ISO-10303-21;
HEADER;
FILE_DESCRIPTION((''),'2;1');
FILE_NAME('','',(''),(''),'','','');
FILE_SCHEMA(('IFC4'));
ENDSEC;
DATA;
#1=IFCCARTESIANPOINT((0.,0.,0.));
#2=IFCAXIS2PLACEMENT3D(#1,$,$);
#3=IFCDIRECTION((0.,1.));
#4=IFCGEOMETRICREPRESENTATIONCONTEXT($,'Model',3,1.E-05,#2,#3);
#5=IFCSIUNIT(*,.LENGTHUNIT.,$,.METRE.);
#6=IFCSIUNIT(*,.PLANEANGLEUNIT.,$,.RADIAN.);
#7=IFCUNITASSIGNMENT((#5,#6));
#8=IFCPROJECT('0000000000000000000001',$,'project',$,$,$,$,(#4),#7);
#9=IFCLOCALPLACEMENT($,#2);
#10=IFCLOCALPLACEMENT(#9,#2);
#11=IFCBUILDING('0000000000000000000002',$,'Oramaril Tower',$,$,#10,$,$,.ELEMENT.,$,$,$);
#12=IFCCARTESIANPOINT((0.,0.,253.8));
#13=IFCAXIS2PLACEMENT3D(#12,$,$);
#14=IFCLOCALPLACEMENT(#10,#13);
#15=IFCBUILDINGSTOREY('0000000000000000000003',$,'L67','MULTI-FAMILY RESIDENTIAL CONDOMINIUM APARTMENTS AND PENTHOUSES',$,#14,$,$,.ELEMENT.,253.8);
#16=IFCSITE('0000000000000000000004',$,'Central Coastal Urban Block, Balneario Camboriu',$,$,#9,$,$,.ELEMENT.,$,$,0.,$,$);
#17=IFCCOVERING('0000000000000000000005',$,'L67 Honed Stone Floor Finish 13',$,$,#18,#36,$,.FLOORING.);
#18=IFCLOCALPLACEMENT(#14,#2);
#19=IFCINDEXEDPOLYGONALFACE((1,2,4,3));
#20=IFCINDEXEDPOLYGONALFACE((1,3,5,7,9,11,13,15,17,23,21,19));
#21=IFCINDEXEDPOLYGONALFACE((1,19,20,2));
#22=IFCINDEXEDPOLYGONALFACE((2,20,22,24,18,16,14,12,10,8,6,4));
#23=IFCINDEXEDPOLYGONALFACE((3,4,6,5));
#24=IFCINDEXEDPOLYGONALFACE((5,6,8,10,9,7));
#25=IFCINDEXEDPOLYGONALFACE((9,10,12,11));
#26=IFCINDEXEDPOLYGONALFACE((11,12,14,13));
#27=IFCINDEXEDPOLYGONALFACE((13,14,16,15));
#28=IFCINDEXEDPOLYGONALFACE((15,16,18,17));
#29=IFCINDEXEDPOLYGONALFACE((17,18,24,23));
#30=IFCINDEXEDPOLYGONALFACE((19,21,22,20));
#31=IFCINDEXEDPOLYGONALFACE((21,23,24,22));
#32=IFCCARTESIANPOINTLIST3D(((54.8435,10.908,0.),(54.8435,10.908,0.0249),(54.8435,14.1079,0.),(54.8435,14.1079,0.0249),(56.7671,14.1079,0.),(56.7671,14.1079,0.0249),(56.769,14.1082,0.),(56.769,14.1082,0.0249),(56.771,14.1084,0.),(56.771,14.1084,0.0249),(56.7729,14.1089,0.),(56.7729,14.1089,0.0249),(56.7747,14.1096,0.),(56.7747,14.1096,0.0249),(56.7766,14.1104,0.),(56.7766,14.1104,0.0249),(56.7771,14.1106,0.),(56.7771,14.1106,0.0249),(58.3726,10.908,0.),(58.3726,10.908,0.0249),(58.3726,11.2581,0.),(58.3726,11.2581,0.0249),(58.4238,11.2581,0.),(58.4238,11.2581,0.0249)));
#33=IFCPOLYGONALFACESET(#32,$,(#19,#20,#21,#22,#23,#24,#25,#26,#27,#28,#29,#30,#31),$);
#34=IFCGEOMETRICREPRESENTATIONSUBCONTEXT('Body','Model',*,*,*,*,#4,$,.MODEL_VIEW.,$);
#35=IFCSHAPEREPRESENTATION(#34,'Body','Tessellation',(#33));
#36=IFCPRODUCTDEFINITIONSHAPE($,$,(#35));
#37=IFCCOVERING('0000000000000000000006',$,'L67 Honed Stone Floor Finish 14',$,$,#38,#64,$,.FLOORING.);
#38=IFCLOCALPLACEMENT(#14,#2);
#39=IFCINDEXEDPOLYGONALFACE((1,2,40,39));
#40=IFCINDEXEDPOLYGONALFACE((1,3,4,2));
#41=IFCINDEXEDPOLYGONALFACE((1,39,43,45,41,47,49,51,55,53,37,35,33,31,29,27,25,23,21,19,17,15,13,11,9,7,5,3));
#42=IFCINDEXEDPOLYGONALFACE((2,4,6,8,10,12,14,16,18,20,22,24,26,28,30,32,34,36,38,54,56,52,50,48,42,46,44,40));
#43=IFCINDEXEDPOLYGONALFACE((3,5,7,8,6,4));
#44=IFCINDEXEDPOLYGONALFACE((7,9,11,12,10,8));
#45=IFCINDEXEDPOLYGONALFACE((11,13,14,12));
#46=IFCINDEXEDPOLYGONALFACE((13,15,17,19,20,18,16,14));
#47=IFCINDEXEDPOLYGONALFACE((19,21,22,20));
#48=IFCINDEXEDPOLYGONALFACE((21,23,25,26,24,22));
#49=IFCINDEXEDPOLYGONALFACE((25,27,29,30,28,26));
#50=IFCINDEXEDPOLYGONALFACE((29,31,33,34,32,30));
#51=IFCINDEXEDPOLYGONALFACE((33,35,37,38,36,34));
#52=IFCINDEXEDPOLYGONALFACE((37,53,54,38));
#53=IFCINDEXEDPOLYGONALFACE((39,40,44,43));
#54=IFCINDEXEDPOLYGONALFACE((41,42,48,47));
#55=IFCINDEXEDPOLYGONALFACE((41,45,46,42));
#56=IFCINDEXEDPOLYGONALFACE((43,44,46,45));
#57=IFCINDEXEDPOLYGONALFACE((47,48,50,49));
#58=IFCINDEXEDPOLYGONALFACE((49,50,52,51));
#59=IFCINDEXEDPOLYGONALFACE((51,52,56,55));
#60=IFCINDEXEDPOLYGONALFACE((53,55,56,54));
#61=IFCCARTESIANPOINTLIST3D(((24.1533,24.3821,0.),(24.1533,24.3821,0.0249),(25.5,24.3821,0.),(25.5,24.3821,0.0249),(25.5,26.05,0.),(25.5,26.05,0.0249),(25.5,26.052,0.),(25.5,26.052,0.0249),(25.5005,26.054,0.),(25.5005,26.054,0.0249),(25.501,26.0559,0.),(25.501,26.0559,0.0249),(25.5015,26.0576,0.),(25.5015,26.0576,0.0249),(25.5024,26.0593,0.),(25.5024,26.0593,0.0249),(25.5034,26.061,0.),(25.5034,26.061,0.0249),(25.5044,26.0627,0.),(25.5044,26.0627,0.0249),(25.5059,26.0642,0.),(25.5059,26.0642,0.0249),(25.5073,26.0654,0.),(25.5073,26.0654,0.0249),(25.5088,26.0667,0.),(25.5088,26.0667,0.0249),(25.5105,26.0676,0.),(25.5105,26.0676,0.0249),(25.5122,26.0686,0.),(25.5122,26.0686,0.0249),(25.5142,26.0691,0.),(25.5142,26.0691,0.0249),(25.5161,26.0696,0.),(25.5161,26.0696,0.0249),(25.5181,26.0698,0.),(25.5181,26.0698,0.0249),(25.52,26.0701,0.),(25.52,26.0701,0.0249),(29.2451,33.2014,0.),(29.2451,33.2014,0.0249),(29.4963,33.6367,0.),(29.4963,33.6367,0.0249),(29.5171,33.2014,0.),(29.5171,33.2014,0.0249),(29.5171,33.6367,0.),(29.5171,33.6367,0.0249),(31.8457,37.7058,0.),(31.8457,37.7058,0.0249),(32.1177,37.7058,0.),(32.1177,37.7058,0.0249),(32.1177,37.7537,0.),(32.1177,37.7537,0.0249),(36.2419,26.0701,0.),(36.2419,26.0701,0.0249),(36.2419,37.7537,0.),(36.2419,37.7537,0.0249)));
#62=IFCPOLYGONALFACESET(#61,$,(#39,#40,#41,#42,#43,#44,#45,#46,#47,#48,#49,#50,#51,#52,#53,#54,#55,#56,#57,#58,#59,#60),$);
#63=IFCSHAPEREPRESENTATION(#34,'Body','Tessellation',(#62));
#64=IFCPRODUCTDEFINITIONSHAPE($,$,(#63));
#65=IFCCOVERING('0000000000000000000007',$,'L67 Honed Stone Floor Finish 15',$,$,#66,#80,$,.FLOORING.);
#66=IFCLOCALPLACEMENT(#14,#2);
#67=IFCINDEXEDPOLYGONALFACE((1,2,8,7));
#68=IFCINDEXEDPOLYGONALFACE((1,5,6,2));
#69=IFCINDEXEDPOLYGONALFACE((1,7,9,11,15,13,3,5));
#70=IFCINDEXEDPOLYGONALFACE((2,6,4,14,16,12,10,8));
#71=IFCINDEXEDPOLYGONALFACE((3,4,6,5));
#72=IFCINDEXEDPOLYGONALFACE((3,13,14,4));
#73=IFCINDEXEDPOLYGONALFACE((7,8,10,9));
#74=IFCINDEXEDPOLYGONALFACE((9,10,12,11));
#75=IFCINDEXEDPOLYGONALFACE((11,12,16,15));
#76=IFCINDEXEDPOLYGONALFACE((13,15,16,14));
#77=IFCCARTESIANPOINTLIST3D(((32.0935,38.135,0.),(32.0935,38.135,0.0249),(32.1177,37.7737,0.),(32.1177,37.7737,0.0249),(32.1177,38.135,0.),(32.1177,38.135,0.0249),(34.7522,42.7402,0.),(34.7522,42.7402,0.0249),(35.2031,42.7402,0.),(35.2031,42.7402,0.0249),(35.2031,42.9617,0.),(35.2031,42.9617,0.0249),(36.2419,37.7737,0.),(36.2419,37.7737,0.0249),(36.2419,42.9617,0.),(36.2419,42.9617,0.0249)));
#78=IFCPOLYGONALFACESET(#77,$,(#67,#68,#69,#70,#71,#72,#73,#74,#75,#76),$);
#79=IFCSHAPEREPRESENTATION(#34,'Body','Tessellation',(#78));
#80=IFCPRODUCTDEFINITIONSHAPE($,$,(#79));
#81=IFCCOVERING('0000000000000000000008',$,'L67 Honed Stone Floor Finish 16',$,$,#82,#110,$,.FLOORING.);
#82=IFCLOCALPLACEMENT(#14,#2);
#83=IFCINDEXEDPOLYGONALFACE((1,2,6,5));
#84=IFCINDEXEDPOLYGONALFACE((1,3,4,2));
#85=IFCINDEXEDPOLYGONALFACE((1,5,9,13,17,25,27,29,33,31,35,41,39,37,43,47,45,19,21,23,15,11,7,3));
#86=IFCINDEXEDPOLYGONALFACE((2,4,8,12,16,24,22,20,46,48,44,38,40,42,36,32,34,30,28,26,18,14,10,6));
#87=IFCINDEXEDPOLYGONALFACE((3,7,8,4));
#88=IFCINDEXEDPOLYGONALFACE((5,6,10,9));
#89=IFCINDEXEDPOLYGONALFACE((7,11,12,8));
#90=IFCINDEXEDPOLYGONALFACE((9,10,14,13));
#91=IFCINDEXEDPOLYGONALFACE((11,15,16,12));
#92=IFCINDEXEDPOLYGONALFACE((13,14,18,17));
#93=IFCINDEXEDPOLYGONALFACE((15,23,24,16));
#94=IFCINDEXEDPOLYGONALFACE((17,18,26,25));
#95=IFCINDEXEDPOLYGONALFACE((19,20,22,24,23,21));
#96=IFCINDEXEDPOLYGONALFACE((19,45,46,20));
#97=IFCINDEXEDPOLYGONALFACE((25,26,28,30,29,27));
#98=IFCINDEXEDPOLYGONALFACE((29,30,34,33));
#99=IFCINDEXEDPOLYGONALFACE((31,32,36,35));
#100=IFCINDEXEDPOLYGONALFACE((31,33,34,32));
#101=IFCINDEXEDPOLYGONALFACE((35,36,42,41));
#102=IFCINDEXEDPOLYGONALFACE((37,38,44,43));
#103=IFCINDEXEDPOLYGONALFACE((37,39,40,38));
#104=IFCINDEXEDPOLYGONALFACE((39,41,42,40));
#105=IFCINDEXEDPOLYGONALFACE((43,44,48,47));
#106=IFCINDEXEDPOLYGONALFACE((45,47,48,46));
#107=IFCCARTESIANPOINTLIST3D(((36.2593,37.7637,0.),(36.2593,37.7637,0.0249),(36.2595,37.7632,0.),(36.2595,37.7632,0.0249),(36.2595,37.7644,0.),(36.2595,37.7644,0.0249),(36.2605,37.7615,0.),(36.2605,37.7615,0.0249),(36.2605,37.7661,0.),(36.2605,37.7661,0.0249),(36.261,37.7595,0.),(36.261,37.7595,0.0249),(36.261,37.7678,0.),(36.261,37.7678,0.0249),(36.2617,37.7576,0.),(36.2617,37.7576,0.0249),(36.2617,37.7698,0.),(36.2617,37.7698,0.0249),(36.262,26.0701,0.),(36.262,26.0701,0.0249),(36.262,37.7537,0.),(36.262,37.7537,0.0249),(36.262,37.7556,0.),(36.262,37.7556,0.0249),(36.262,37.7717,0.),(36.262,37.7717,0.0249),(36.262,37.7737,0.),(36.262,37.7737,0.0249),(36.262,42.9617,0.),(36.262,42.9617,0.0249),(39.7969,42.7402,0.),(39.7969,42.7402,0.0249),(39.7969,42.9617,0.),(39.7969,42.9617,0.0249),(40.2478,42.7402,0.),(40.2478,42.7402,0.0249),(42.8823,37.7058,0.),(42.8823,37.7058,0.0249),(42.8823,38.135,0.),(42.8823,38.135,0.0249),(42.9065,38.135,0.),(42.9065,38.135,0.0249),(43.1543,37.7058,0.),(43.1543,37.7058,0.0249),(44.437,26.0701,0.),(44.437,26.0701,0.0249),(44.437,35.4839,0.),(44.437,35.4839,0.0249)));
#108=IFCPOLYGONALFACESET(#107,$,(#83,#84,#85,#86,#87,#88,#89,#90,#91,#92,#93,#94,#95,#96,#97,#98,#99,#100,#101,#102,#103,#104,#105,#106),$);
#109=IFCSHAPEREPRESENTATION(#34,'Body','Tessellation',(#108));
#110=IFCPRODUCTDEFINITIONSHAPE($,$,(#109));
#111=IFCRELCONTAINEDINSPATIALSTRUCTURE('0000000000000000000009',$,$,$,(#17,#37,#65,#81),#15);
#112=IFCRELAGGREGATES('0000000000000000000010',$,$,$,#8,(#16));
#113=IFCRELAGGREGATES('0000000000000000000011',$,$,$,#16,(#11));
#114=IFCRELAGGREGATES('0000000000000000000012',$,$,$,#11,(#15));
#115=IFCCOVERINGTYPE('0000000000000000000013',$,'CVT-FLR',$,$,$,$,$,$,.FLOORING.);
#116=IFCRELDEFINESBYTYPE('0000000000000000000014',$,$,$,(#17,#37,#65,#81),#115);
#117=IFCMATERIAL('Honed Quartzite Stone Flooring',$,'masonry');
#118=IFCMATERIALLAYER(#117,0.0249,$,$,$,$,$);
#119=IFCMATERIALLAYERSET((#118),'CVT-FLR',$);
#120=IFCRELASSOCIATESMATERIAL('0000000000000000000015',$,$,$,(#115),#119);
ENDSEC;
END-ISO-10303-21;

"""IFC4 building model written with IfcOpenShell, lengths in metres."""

from ifc_helpers import new_model, si_unit, direction, frame, origin, place, context, subcontext, project, spatial, polyline, outline, extrude, material, layer, layer_set, type_object, element, save


model = new_model("IFC4")

# Units and contexts
model_context = context("Model", 3, precision=1e-05, world=origin(), true_north=direction((0.0, 1.0)))
body_context = subcontext(model_context, "Body", "Model", "MODEL_VIEW")
ifc_project = project(units=[si_unit("LENGTHUNIT", "METRE"), si_unit("PLANEANGLEUNIT", "RADIAN")], contexts=[model_context])

# Site, building, storey
site_placement = place(None, origin())
site = spatial("IfcSite", under=ifc_project, at=site_placement, Name="Central Coastal Urban Block, Balneario Camboriu", CompositionType="ELEMENT", RefElevation=0.0)
building_placement = place(site_placement, origin())
building = spatial("IfcBuilding", under=site, at=building_placement, Name="Oramaril Tower", CompositionType="ELEMENT")
storey_placement = place(building_placement, frame((0.0, 0.0, 253.8)))
storey = spatial("IfcBuildingStorey", under=building, at=storey_placement, Name="L67", Description="MULTI-FAMILY RESIDENTIAL CONDOMINIUM APARTMENTS AND PENTHOUSES", CompositionType="ELEMENT", Elevation=253.8)

# Coverings
ifc_material_1 = material(Name="Honed Quartzite Stone Flooring", Category="masonry")
ifc_layer_1 = layer(ifc_material_1, 0.0249)
ifc_layer_set_1 = layer_set([ifc_layer_1], Name="CVT-FLR")
covering_type_1 = type_object("IfcCoveringType", Name="CVT-FLR", PredefinedType="FLOORING", material=ifc_layer_set_1)
covering_1_placement = place(storey_placement, origin())
element("IfcCovering", 1, at=covering_1_placement, inside=storey, type_object=covering_type_1, Name="L67 Honed Stone Floor Finish 13", PredefinedType="FLOORING", context=body_context, shape_type="SweptSolid", body=[
    extrude(outline(polyline([(58.3726, 11.2581), (58.3726, 10.908), (54.8435, 10.908), (54.8435, 14.1079), (56.7671, 14.1079), (56.769, 14.1082), (56.771, 14.1084), (56.7729, 14.1089), (56.7747, 14.1096), (56.7766, 14.1104), (56.7771, 14.1106), (58.4238, 11.2581), (58.3726, 11.2581)])), origin(), (0.0, 0.0, 1.0), 0.0249),
])
covering_2_placement = place(storey_placement, origin())
element("IfcCovering", 2, at=covering_2_placement, inside=storey, type_object=covering_type_1, Name="L67 Honed Stone Floor Finish 14", PredefinedType="FLOORING", context=body_context, shape_type="SweptSolid", body=[
    extrude(outline(polyline([(29.2451, 33.2014), (29.5171, 33.2014), (29.5171, 33.6367), (29.4963, 33.6367), (31.8457, 37.7058), (32.1177, 37.7058), (32.1177, 37.7537), (36.2419, 37.7537), (36.2419, 26.0701), (25.52, 26.0701), (25.5181, 26.0698), (25.5161, 26.0696), (25.5142, 26.0691), (25.5122, 26.0686), (25.5105, 26.0676), (25.5088, 26.0667), (25.5073, 26.0654), (25.5059, 26.0642), (25.5044, 26.0627), (25.5034, 26.061), (25.5024, 26.0593), (25.5015, 26.0576), (25.501, 26.0559), (25.5005, 26.054), (25.5, 26.052), (25.5, 26.05), (25.5, 24.3821), (24.1533, 24.3821), (29.2451, 33.2014)])), origin(), (0.0, 0.0, 1.0), 0.0249),
])
covering_3_placement = place(storey_placement, origin())
element("IfcCovering", 3, at=covering_3_placement, inside=storey, type_object=covering_type_1, Name="L67 Honed Stone Floor Finish 15", PredefinedType="FLOORING", context=body_context, shape_type="SweptSolid", body=[
    extrude(outline(polyline([(32.1177, 38.135), (32.0935, 38.135), (34.7522, 42.7402), (35.2031, 42.7402), (35.2031, 42.9617), (36.2419, 42.9617), (36.2419, 37.7737), (32.1177, 37.7737), (32.1177, 38.135)])), origin(), (0.0, 0.0, 1.0), 0.0249),
])
covering_4_placement = place(storey_placement, origin())
element("IfcCovering", 4, at=covering_4_placement, inside=storey, type_object=covering_type_1, Name="L67 Honed Stone Floor Finish 16", PredefinedType="FLOORING", context=body_context, shape_type="SweptSolid", body=[
    extrude(outline(polyline([(39.7969, 42.9617), (39.7969, 42.7402), (40.2478, 42.7402), (42.9065, 38.135), (42.8823, 38.135), (42.8823, 37.7058), (43.1543, 37.7058), (44.437, 35.4839), (44.437, 26.0701), (36.262, 26.0701), (36.262, 37.7537), (36.262, 37.7556), (36.2617, 37.7576), (36.261, 37.7595), (36.2605, 37.7615), (36.2595, 37.7632), (36.2593, 37.7637), (36.2595, 37.7644), (36.2605, 37.7661), (36.261, 37.7678), (36.2617, 37.7698), (36.262, 37.7717), (36.262, 37.7737), (36.262, 42.9617), (39.7969, 42.9617)])), origin(), (0.0, 0.0, 1.0), 0.0249),
])

save(model, "model.ifc")
